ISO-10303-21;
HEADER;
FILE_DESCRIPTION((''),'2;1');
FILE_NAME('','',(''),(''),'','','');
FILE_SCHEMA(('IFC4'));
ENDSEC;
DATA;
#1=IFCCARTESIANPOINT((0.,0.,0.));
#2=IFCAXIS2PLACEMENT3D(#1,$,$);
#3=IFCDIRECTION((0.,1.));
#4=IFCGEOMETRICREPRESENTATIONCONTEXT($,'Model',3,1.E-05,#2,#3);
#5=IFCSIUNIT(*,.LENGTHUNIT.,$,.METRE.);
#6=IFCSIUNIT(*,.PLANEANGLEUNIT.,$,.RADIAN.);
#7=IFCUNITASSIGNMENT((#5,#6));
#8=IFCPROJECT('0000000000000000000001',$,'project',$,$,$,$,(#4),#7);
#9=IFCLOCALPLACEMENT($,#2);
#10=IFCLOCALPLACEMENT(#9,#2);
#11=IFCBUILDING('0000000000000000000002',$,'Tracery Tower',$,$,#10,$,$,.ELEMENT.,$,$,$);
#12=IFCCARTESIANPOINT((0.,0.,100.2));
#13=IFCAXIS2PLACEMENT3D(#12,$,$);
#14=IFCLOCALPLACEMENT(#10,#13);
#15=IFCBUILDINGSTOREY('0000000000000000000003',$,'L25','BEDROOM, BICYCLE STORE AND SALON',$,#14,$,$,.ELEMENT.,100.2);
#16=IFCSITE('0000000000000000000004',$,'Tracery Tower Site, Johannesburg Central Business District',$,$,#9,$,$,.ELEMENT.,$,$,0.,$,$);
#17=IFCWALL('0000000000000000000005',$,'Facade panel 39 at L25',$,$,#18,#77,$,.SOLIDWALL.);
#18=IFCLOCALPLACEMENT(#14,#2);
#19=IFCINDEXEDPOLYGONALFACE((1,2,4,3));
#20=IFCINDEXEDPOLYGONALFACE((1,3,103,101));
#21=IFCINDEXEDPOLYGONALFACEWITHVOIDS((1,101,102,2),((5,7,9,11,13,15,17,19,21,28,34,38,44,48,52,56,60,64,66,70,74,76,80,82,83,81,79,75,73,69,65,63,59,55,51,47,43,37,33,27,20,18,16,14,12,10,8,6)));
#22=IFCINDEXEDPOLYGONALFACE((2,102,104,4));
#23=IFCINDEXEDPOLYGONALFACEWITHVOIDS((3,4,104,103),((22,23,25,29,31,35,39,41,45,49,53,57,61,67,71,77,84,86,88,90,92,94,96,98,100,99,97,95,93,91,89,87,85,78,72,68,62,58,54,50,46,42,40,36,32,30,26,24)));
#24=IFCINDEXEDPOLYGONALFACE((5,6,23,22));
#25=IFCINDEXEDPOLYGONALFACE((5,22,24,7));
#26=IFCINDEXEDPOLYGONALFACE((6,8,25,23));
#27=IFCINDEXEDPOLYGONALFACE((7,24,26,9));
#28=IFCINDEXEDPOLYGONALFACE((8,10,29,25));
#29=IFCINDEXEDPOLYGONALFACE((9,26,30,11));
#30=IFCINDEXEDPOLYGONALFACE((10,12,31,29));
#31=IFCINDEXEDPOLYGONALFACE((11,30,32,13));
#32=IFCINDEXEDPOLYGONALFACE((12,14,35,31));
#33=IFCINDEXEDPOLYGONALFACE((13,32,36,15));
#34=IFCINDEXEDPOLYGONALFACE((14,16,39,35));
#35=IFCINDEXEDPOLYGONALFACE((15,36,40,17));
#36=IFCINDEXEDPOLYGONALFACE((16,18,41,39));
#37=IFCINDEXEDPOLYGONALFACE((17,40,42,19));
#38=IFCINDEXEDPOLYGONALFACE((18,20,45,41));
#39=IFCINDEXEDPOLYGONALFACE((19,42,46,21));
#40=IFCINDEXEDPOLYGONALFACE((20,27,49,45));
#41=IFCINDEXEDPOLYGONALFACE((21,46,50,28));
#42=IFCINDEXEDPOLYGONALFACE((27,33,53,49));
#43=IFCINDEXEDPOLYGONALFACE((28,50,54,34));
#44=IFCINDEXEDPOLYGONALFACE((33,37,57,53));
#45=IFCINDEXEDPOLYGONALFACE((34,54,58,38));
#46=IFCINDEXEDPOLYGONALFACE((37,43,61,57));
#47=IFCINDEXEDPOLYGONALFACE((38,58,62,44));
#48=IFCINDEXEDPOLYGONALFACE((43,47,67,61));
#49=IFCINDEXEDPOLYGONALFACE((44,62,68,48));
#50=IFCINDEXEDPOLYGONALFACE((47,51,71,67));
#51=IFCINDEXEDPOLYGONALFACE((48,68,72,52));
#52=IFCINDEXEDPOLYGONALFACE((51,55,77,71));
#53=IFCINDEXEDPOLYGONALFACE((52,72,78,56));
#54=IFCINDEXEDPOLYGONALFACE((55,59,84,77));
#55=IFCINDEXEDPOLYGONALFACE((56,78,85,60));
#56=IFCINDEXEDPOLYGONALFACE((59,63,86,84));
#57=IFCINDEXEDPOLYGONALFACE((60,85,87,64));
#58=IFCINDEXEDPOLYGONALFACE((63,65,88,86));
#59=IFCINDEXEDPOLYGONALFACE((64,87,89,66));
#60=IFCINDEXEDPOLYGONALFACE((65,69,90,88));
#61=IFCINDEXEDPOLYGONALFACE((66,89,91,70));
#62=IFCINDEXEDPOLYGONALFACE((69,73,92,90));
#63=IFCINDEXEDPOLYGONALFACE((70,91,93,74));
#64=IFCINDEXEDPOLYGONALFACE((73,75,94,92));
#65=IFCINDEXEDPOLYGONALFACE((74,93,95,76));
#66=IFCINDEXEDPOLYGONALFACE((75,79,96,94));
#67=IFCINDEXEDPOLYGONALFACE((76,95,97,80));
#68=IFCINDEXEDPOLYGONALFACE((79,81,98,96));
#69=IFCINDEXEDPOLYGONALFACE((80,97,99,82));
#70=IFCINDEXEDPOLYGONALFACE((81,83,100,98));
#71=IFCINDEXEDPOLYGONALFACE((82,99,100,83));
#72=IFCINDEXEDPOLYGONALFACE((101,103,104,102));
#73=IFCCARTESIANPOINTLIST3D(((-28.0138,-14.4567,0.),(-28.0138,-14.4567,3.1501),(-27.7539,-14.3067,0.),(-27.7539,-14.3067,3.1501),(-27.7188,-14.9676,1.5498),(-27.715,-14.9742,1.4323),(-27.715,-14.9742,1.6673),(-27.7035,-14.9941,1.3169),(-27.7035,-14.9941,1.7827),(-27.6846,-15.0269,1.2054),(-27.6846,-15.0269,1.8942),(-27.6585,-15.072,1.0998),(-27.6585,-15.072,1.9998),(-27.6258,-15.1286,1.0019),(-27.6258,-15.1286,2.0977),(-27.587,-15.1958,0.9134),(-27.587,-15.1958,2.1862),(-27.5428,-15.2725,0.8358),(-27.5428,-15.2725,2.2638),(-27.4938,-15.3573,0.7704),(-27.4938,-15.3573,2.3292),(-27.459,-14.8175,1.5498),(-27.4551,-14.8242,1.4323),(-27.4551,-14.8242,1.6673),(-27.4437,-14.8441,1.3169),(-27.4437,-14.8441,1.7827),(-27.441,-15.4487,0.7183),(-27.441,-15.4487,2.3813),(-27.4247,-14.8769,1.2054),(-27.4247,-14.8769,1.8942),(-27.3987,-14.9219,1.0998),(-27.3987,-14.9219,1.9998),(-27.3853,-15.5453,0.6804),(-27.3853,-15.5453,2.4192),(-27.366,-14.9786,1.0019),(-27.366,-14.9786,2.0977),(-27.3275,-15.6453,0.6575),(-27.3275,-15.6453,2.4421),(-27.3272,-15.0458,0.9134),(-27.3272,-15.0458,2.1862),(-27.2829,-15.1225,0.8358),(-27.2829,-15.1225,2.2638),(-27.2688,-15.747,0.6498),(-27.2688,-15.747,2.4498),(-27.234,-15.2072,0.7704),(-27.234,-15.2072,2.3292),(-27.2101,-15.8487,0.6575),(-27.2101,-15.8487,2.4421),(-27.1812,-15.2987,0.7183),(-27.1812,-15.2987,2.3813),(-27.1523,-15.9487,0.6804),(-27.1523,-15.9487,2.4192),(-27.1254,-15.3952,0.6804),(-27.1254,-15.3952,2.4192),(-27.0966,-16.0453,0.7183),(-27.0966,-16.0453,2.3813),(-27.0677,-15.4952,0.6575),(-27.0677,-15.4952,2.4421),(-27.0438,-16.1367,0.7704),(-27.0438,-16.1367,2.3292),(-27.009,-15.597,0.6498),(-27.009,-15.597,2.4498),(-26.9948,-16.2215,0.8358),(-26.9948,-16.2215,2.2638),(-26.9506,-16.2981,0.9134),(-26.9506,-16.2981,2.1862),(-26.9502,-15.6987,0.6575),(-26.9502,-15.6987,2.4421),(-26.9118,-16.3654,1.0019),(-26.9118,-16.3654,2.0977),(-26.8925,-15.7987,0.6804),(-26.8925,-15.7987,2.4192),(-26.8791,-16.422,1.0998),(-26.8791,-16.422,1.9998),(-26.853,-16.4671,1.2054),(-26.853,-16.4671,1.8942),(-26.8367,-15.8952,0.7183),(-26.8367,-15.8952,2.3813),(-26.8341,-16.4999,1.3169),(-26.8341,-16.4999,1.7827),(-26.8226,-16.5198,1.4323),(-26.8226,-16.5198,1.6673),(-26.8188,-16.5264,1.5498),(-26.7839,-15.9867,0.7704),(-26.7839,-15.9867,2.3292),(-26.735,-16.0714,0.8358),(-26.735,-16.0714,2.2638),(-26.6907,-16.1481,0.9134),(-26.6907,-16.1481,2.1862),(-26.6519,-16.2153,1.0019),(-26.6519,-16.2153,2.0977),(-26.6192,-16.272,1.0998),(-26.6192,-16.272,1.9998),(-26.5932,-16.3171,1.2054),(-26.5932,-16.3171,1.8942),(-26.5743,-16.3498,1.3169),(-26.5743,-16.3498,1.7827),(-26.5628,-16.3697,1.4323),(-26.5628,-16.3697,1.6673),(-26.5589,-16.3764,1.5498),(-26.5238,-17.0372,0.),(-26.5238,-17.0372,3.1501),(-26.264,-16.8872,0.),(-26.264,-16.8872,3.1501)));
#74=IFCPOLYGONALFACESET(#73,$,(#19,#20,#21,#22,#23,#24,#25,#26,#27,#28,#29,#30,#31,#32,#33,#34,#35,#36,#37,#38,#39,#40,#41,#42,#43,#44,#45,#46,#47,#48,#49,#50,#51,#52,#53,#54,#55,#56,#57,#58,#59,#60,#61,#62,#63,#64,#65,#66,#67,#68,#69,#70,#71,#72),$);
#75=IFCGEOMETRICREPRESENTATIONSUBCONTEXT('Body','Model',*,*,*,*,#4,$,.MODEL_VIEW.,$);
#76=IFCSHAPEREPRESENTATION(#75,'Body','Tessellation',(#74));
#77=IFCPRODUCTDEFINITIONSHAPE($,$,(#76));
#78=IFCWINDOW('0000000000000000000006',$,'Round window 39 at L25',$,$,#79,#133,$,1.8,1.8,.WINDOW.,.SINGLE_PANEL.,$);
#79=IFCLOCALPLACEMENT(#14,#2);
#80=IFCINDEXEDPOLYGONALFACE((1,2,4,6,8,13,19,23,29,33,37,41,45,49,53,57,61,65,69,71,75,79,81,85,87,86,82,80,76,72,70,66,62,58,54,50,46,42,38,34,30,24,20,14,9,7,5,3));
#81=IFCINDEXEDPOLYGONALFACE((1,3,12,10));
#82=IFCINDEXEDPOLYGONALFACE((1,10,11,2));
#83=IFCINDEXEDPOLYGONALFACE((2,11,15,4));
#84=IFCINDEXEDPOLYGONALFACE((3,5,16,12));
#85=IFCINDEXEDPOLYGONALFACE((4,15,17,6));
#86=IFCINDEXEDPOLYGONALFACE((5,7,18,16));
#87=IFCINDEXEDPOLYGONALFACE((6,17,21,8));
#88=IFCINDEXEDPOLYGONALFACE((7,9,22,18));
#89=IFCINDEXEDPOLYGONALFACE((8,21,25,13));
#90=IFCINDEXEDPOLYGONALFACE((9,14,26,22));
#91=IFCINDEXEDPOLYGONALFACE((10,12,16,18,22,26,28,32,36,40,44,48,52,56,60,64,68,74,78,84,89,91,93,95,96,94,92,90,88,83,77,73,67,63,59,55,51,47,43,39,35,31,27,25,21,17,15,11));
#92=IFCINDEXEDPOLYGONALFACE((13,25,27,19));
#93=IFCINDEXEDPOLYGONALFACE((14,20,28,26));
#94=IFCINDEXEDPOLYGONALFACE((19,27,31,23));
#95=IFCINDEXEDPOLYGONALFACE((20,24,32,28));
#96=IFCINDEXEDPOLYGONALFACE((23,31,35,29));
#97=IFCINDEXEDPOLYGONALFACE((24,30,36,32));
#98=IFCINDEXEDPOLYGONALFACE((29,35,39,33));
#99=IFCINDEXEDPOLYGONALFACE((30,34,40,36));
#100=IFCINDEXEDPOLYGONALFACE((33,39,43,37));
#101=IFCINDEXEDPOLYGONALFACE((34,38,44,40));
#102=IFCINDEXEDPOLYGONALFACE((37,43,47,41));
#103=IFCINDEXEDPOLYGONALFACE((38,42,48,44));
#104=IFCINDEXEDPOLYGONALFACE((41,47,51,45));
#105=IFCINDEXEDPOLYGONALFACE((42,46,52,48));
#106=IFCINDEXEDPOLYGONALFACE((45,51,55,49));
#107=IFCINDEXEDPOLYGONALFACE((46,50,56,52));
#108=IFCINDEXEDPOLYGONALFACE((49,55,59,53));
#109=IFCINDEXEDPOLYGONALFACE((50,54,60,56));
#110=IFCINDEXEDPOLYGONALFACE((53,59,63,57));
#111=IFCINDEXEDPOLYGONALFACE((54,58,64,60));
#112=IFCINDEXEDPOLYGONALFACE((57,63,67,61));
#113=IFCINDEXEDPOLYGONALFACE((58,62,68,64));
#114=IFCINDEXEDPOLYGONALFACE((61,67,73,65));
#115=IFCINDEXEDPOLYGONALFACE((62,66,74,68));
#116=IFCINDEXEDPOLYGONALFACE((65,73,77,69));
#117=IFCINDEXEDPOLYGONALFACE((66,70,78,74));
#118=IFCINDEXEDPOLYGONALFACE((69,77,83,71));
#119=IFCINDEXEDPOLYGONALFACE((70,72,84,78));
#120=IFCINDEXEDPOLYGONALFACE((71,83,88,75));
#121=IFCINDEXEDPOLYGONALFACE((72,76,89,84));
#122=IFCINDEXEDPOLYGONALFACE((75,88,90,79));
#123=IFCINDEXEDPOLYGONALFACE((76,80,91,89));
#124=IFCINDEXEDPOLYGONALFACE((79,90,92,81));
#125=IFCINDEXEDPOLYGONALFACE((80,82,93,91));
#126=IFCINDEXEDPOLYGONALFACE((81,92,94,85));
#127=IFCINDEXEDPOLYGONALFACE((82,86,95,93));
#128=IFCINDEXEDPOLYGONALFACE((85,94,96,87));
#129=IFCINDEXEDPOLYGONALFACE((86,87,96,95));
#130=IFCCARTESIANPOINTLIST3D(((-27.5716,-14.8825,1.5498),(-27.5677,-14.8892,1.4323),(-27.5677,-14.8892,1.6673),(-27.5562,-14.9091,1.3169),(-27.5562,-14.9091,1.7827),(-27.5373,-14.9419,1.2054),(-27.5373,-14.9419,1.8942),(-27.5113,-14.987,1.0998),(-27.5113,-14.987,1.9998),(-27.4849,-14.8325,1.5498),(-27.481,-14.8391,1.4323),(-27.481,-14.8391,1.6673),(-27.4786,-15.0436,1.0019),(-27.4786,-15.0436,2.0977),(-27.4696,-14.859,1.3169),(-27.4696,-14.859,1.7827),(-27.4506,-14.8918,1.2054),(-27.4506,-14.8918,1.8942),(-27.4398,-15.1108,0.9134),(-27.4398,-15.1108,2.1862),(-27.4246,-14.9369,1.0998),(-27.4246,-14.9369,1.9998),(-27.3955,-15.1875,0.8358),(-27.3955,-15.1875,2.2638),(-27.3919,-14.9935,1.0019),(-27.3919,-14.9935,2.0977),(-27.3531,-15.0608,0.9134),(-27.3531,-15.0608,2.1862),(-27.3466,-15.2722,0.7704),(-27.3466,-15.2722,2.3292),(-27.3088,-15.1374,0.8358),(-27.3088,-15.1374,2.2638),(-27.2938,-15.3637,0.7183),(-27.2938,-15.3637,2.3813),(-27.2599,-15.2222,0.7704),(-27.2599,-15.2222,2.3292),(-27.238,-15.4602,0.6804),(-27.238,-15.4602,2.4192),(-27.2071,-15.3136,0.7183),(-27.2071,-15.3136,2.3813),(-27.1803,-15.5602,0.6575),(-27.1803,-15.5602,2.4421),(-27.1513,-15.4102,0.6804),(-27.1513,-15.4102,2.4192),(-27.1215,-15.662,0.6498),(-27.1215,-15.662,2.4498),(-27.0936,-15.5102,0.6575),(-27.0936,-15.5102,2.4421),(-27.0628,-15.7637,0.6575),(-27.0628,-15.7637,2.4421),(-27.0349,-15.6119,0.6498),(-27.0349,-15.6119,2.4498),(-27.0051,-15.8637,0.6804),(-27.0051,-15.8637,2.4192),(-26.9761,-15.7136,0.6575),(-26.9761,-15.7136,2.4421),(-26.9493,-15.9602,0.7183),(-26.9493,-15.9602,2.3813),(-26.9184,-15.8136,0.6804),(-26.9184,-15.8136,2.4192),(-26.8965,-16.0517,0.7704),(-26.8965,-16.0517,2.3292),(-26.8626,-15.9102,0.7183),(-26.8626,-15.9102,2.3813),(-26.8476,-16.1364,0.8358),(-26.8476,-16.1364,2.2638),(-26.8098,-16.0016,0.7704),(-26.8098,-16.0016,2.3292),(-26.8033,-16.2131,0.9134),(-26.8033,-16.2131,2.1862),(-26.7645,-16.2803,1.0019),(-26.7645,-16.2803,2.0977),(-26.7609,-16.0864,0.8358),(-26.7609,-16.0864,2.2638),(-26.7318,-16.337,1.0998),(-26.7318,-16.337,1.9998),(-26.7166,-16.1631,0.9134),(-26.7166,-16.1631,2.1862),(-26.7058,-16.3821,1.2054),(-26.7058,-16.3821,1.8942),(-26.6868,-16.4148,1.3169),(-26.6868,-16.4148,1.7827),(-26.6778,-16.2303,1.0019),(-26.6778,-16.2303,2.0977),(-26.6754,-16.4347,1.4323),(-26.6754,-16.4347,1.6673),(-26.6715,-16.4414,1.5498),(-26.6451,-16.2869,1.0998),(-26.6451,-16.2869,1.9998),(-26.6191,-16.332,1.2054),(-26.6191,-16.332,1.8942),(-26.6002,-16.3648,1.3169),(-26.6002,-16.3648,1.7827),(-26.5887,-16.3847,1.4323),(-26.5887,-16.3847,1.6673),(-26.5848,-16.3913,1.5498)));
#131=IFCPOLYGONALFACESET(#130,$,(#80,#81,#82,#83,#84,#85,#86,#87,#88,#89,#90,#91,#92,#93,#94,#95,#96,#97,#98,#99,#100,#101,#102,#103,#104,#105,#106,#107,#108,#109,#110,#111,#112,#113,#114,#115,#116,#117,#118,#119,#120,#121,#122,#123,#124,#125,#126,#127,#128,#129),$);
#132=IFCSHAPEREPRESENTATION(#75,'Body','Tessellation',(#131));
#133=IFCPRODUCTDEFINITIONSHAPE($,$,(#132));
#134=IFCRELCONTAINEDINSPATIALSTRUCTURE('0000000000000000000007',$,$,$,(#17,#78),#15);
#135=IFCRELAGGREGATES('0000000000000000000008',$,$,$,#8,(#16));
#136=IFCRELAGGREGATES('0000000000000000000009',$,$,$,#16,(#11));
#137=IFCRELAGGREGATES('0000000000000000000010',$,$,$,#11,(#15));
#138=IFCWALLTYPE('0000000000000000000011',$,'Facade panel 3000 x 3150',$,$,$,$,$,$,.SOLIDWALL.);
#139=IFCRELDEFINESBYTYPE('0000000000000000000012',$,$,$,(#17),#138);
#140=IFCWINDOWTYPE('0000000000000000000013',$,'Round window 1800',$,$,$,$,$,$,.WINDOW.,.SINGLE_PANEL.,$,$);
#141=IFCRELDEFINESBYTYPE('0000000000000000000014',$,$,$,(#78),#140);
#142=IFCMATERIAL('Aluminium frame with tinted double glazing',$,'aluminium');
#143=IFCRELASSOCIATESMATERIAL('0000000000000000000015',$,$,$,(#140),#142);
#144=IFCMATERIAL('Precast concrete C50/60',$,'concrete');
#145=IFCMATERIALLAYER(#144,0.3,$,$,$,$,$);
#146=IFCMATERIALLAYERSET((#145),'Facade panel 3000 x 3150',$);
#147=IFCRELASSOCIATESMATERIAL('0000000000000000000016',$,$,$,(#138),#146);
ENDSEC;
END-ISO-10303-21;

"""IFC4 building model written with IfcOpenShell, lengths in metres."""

from ifc_helpers import new_model, si_unit, direction, frame, frame_2d, origin, origin_2d, place, context, subcontext, project, spatial, rectangle, circle, extrude, material, layer, layer_set, type_object, element, fill, save


model = new_model("IFC4")

# Units and contexts
model_context = context("Model", 3, precision=1e-05, world=origin(), true_north=direction((0.0, 1.0)))
body_context = subcontext(model_context, "Body", "Model", "MODEL_VIEW")
ifc_project = project(units=[si_unit("LENGTHUNIT", "METRE"), si_unit("PLANEANGLEUNIT", "RADIAN")], contexts=[model_context])

# Site, building, storey
site_placement = place(None, origin())
site = spatial("IfcSite", under=ifc_project, at=site_placement, Name="Tracery Tower Site, Johannesburg Central Business District", CompositionType="ELEMENT", RefElevation=0.0)
building_placement = place(site_placement, origin())
building = spatial("IfcBuilding", under=site, at=building_placement, Name="Tracery Tower", CompositionType="ELEMENT")
storey_placement = place(building_placement, frame((0.0, 0.0, 100.2)))
storey = spatial("IfcBuildingStorey", under=building, at=storey_placement, Name="L25", Description="BEDROOM, BICYCLE STORE AND SALON", CompositionType="ELEMENT", Elevation=100.2)

# Wall, opening, window
ifc_material_1 = material(Name="Aluminium frame with tinted double glazing", Category="aluminium")
window_type = type_object("IfcWindowType", Name="Round window 1800", PartitioningType="SINGLE_PANEL", PredefinedType="WINDOW", material=ifc_material_1)
ifc_material_2 = material(Name="Precast concrete C50/60", Category="concrete")
ifc_layer_1 = layer(ifc_material_2, 0.3)
ifc_layer_set_1 = layer_set([ifc_layer_1], Name="Facade panel 3000 x 3150")
wall_type_1 = type_object("IfcWallType", Name="Facade panel 3000 x 3150", PredefinedType="SOLIDWALL", material=ifc_layer_set_1)
wall_1_placement = place(storey_placement, frame((-27.8838, -14.3818, 0.0), z_axis=(0.0, 0.0, 1.0), x_axis=(0.500025, -0.866011, 0.0)))
wall_1 = element("IfcWall", 1, at=wall_1_placement, inside=storey, type_object=wall_type_1, Name="Facade panel 39 at L25", PredefinedType="SOLIDWALL", context=body_context, shape_type="SweptSolid", body=[
    extrude(rectangle(XDim=2.9797, YDim=0.3, at=frame_2d((1.4897, 0.0))), origin(), (0.0, 0.0, 1.0), 3.1501),
])
opening_1_placement = place(wall_1_placement, frame((1.4897, 0.0, 1.5498)))
opening_1 = element("IfcOpeningElement", 2, at=opening_1_placement, cuts=wall_1, PredefinedType="OPENING", context=body_context, shape_type="SweptSolid", body=[
    extrude(circle(Radius=0.9, at=origin_2d()), frame((0.0, 0.1599, 0.0), z_axis=(0.0, -1.0, 0.0), x_axis=(1.0, 0.0, 0.0)), (0.0, 0.0, 1.0), 0.3201),
])
window_1_placement = place(opening_1_placement, origin())
window_1 = element("IfcWindow", 3, at=window_1_placement, inside=storey, type_object=window_type, Name="Round window 39 at L25", OverallHeight=1.8, OverallWidth=1.8, PartitioningType="SINGLE_PANEL", PredefinedType="WINDOW", context=body_context, shape_type="SweptSolid", body=[
    extrude(circle(Radius=0.9, at=origin_2d()), frame((0.0, 0.1201, 0.0), z_axis=(0.0, -1.0, 0.0), x_axis=(1.0, 0.0, 0.0)), (0.0, 0.0, 1.0), 0.1001),
])
fill(opening_1, window_1)

save(model, "model.ifc")
